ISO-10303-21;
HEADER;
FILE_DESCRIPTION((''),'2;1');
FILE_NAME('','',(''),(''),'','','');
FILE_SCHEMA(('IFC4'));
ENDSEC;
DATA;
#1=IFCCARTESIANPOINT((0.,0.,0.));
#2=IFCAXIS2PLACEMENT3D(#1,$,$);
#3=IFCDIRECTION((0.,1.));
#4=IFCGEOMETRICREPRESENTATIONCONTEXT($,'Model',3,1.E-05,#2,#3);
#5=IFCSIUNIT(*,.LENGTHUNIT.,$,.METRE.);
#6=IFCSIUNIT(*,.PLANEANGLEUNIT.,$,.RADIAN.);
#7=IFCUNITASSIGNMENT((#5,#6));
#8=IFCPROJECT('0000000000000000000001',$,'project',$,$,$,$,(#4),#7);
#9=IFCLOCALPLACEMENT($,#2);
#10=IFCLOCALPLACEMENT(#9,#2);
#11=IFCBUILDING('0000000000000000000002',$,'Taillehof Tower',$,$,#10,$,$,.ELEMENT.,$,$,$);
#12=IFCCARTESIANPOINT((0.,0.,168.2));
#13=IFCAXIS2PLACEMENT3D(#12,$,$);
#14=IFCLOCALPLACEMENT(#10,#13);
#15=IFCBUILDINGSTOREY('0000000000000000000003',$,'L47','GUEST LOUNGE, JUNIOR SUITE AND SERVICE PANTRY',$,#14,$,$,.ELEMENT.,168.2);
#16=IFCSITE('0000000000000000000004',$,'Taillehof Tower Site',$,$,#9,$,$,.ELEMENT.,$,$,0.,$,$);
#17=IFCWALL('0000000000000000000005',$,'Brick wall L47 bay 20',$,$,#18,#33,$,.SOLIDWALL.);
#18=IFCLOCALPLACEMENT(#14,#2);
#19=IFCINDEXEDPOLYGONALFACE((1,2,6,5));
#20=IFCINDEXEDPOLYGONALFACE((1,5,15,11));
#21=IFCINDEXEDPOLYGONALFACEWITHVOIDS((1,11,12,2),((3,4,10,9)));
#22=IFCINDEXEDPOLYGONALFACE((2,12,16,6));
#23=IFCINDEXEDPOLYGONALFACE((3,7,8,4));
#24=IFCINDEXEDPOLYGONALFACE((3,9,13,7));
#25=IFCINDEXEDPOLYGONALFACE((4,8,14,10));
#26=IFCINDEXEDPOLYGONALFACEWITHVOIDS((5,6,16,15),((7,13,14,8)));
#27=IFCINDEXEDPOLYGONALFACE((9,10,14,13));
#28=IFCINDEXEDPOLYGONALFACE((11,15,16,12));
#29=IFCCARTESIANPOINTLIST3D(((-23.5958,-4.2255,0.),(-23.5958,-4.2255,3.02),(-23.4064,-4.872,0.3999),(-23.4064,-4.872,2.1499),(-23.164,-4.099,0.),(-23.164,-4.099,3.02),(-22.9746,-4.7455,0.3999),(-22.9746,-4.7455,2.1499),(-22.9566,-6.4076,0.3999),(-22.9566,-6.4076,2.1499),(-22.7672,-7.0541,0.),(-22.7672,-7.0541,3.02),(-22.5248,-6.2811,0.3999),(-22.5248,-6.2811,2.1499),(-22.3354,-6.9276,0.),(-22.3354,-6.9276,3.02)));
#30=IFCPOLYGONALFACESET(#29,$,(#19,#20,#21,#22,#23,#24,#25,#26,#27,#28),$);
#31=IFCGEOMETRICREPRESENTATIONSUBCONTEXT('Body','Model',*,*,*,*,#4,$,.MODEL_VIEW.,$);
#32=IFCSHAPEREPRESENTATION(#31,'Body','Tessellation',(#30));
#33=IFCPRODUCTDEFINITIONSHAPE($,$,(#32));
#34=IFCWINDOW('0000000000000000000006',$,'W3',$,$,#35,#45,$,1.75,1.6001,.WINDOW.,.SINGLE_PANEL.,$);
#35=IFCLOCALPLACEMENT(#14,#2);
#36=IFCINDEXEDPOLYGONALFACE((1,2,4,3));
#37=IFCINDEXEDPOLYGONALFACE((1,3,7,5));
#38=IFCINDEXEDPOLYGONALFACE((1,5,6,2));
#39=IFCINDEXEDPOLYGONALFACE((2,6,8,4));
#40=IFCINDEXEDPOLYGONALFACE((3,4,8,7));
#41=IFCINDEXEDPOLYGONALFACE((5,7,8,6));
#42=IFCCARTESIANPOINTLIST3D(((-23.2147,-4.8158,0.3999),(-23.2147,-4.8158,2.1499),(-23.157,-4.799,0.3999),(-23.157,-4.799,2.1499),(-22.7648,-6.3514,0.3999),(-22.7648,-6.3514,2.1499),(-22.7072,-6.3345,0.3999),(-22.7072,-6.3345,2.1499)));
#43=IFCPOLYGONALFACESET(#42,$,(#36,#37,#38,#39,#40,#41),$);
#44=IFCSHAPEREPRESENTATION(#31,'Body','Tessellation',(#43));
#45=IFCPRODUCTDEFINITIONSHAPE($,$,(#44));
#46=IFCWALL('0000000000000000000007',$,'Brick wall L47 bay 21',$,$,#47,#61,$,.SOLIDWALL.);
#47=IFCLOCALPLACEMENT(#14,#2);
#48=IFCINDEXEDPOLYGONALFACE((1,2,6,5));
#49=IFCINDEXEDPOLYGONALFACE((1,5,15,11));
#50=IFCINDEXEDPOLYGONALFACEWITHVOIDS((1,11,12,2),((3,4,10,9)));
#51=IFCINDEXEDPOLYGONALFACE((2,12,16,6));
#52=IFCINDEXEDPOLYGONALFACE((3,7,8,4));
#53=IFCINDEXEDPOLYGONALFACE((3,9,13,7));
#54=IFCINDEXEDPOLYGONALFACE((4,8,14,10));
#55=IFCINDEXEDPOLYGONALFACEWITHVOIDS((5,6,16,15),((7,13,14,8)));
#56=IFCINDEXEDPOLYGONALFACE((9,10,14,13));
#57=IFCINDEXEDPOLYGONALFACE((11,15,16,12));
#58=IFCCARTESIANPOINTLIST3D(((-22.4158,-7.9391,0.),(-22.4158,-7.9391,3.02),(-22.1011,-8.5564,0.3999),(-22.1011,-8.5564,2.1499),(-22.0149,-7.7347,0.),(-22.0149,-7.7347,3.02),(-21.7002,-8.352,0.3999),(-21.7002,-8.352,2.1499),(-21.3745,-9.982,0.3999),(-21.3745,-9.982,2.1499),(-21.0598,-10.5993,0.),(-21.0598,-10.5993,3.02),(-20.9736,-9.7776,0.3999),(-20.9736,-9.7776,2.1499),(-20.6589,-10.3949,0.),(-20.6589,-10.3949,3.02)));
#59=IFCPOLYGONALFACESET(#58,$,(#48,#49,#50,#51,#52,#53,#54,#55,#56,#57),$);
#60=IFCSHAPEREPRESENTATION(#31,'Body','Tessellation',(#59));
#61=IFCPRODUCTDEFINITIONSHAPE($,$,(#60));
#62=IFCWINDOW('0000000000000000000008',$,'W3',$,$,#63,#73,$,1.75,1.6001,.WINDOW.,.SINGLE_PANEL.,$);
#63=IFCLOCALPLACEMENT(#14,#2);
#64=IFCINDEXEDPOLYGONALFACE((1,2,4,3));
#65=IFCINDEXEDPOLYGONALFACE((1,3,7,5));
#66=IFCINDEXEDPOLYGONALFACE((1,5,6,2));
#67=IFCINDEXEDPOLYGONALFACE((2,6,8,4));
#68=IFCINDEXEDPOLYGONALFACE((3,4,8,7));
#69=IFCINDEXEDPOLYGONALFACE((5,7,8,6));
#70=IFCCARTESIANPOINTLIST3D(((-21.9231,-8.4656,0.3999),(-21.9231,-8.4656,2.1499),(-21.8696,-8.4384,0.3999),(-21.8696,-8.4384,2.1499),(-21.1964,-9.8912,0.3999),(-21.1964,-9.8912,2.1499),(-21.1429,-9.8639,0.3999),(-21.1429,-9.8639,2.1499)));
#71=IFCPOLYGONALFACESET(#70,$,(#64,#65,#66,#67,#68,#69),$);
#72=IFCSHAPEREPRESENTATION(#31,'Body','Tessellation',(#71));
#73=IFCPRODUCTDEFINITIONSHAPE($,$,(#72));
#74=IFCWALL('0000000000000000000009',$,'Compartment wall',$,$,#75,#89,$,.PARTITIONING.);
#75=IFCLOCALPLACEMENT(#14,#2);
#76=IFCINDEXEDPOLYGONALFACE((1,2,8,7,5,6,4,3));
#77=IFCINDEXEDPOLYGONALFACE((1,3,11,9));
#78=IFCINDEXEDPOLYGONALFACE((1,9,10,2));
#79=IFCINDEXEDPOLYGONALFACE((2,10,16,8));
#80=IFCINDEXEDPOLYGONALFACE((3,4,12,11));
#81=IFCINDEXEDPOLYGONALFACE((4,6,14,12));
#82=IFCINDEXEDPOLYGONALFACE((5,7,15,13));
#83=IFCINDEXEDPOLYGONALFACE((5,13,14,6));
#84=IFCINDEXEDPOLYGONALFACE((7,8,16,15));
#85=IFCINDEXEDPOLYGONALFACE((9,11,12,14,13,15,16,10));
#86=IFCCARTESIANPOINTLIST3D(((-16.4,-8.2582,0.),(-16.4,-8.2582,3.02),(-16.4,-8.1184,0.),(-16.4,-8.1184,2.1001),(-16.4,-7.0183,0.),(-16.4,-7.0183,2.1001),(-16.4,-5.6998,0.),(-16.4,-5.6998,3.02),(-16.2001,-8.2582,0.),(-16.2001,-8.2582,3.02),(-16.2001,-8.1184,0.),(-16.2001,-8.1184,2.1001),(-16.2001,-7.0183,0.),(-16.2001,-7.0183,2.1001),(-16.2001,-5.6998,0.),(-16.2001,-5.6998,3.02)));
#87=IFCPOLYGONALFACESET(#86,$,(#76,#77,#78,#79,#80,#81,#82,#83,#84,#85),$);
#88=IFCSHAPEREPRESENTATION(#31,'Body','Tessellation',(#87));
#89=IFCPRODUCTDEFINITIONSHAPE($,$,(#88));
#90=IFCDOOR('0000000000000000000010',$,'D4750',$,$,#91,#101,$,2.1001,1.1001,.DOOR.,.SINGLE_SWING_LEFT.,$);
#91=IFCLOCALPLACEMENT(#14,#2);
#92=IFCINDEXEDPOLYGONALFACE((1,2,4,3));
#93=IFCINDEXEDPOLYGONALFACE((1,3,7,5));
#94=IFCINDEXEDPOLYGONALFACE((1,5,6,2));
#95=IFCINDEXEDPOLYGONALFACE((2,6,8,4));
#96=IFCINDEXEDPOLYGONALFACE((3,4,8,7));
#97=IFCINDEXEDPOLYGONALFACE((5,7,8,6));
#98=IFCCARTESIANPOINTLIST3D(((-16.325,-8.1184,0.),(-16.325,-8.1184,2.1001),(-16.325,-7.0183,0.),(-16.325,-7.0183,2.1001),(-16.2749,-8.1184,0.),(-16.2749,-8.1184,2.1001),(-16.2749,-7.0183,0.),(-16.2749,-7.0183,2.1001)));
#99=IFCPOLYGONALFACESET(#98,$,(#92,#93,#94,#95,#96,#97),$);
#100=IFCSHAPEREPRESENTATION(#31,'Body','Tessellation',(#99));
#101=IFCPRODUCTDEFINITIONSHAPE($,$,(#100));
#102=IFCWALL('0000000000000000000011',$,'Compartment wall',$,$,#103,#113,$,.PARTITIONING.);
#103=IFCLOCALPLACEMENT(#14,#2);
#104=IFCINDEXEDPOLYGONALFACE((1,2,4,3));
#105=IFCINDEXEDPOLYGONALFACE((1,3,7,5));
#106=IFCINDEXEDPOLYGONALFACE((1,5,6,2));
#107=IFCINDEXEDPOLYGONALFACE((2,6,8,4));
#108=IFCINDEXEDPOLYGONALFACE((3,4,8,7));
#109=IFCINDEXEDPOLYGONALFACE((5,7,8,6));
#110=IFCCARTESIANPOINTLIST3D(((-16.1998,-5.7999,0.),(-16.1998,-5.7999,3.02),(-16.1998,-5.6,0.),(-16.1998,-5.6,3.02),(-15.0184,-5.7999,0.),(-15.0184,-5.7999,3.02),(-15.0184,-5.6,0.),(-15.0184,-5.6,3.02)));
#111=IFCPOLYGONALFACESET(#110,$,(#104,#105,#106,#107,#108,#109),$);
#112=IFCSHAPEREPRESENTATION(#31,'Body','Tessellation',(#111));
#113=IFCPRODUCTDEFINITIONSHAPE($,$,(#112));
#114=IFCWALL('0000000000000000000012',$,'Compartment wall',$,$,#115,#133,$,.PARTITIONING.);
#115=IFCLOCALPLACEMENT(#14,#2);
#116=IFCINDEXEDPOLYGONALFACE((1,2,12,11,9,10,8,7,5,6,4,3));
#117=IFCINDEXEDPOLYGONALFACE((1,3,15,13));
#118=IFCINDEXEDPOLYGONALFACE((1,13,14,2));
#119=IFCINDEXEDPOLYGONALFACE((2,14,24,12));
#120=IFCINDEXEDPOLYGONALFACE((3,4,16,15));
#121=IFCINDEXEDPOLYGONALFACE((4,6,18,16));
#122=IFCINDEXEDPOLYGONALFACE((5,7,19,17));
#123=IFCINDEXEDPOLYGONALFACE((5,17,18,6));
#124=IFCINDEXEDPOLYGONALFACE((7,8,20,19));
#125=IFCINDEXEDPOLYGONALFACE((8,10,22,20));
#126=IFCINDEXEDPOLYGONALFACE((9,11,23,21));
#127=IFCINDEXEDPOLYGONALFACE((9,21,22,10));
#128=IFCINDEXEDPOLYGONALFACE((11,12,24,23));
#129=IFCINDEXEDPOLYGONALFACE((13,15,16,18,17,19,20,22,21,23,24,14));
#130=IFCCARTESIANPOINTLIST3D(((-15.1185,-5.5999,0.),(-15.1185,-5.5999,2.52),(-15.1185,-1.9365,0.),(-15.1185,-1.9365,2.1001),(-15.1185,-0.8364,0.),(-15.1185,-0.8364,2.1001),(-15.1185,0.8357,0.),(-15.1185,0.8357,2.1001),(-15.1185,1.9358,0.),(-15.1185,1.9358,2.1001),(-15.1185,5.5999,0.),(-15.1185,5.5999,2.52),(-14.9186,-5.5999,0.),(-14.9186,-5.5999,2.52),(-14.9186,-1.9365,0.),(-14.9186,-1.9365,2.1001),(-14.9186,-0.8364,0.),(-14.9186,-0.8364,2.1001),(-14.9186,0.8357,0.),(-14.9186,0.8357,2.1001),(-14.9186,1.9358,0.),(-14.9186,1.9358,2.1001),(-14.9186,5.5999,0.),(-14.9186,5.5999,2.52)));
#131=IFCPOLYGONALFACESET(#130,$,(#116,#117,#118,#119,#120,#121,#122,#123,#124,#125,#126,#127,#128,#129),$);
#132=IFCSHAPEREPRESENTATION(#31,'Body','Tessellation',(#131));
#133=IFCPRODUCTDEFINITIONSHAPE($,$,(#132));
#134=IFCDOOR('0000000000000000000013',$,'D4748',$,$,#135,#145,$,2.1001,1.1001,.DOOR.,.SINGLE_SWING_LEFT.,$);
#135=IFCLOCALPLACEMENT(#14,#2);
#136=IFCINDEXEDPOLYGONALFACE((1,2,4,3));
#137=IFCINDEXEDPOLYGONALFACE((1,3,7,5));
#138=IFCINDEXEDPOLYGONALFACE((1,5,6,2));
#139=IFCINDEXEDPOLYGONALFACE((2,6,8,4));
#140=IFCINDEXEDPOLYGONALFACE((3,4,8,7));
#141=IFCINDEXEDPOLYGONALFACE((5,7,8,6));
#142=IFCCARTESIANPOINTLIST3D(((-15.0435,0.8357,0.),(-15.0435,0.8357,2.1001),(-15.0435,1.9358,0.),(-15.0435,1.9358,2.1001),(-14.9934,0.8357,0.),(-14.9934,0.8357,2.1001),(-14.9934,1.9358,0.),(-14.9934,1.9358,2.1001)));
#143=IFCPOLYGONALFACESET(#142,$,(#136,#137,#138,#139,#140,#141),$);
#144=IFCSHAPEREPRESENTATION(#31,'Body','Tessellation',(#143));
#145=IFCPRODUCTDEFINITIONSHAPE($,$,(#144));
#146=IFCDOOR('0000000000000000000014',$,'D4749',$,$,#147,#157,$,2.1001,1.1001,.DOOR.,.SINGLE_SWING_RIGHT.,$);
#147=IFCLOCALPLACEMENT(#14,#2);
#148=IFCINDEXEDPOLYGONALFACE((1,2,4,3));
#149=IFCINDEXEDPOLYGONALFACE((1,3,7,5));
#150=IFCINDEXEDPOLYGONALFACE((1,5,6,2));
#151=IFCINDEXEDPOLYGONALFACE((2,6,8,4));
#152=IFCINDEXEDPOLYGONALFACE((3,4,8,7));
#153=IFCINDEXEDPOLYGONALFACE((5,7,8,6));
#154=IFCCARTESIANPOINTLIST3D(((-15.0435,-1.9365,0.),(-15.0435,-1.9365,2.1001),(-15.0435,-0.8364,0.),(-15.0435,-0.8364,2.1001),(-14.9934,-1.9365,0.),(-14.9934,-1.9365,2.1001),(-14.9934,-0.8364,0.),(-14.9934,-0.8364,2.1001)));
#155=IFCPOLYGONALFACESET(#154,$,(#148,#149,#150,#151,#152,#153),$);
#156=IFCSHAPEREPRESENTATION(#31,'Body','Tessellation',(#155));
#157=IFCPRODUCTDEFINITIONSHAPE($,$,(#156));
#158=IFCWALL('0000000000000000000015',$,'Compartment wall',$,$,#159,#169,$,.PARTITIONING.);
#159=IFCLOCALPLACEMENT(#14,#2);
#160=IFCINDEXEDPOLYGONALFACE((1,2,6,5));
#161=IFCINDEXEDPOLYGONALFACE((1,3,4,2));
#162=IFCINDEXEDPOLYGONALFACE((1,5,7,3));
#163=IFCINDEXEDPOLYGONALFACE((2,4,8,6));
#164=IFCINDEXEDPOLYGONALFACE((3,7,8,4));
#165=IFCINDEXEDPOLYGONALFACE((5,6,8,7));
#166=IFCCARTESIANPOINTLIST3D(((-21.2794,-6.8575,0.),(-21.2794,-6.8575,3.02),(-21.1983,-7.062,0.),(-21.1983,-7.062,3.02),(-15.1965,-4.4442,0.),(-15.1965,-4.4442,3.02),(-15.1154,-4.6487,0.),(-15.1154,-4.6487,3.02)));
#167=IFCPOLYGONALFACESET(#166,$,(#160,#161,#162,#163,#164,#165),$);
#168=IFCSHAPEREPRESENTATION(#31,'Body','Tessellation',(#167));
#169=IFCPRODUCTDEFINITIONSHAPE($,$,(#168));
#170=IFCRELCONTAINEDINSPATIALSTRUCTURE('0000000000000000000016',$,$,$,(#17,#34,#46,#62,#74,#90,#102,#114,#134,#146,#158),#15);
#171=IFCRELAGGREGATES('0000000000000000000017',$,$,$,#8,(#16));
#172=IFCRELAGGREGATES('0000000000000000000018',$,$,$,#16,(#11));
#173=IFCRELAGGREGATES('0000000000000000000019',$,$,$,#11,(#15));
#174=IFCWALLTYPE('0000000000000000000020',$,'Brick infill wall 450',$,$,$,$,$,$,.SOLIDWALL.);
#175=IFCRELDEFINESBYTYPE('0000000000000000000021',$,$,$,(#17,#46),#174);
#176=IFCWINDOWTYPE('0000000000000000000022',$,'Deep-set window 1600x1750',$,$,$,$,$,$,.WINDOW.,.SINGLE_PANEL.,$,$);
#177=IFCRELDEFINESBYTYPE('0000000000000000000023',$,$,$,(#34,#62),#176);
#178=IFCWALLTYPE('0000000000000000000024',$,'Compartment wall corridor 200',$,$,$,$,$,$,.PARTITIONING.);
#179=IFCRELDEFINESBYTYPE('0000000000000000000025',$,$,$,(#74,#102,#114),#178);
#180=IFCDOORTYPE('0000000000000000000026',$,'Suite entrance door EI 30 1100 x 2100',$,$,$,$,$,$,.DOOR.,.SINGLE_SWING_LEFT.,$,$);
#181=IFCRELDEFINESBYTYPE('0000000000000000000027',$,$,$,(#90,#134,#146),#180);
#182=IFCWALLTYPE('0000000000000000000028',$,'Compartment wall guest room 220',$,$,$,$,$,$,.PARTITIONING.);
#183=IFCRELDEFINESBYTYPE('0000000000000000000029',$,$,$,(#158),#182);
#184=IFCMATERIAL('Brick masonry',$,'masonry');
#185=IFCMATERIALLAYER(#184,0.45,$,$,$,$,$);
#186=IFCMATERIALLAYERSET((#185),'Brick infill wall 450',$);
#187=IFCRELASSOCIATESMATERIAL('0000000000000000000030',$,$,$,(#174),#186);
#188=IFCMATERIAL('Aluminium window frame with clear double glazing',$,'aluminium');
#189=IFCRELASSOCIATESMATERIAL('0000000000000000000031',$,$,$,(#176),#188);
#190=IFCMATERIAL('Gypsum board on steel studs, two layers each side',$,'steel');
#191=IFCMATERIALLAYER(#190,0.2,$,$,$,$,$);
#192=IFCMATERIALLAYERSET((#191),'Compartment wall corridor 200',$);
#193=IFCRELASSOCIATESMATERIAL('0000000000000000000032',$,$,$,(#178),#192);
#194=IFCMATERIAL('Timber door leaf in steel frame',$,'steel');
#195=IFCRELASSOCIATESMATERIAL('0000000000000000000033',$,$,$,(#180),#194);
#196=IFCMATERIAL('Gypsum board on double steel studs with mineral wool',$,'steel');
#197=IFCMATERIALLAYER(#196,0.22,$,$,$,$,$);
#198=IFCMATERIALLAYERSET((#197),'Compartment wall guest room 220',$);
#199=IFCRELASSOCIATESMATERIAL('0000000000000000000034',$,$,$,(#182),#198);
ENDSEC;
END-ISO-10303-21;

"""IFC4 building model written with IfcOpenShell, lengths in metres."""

from ifc_helpers import new_model, si_unit, direction, frame, frame_2d, origin, place, context, subcontext, project, spatial, rectangle, extrude, material, layer, layer_set, type_object, element, fill, save


model = new_model("IFC4")

# Units and contexts
model_context = context("Model", 3, precision=1e-05, world=origin(), true_north=direction((0.0, 1.0)))
body_context = subcontext(model_context, "Body", "Model", "MODEL_VIEW")
ifc_project = project(units=[si_unit("LENGTHUNIT", "METRE"), si_unit("PLANEANGLEUNIT", "RADIAN")], contexts=[model_context])

# Site, building, storey
site_placement = place(None, origin())
site = spatial("IfcSite", under=ifc_project, at=site_placement, Name="Taillehof Tower Site", CompositionType="ELEMENT", RefElevation=0.0)
building_placement = place(site_placement, origin())
building = spatial("IfcBuilding", under=site, at=building_placement, Name="Taillehof Tower", CompositionType="ELEMENT")
storey_placement = place(building_placement, frame((0.0, 0.0, 168.2)))
storey = spatial("IfcBuildingStorey", under=building, at=storey_placement, Name="L47", Description="GUEST LOUNGE, JUNIOR SUITE AND SERVICE PANTRY", CompositionType="ELEMENT", Elevation=168.2)

# Walls, openings, windows
ifc_material_1 = material(Name="Brick masonry", Category="masonry")
ifc_layer_1 = layer(ifc_material_1, 0.45)
ifc_layer_set_1 = layer_set([ifc_layer_1], Name="Brick infill wall 450")
wall_type_1 = type_object("IfcWallType", Name="Brick infill wall 450", PredefinedType="SOLIDWALL", material=ifc_layer_set_1)
ifc_material_2 = material(Name="Aluminium window frame with clear double glazing", Category="aluminium")
window_type = type_object("IfcWindowType", Name="Deep-set window 1600x1750", PartitioningType="SINGLE_PANEL", PredefinedType="WINDOW", material=ifc_material_2)
wall_1_placement = place(storey_placement, frame((-23.3799, -4.1624, 0.0), z_axis=(0.0, 0.0, 1.0), x_axis=(0.281126, -0.959671, 0.0)))
wall_1 = element("IfcWall", 1, at=wall_1_placement, inside=storey, type_object=wall_type_1, Name="Brick wall L47 bay 20", PredefinedType="SOLIDWALL", context=body_context, shape_type="SweptSolid", body=[
    extrude(rectangle(XDim=2.9475, YDim=0.45, at=frame_2d((1.4736, 0.0))), origin(), (0.0, 0.0, 1.0), 3.02),
])
opening_1_placement = place(wall_1_placement, frame((0.6736, 0.0, 0.3999)))
opening_1 = element("IfcOpeningElement", 2, at=opening_1_placement, cuts=wall_1, PredefinedType="OPENING", context=body_context, shape_type="SweptSolid", body=[
    extrude(rectangle(XDim=1.6001, YDim=1.75, at=frame_2d((0.8, 0.875))), frame((0.0, 0.2349, 0.0), z_axis=(0.0, -1.0, 0.0), x_axis=(1.0, 0.0, 0.0)), (0.0, 0.0, 1.0), 0.47),
])
window_1_placement = place(opening_1_placement, origin())
window_1 = element("IfcWindow", 3, at=window_1_placement, inside=storey, type_object=window_type, Name="W3", OverallHeight=1.75, OverallWidth=1.6001, PartitioningType="SINGLE_PANEL", PredefinedType="WINDOW", context=body_context, shape_type="SweptSolid", body=[
    extrude(rectangle(XDim=1.6001, YDim=1.75, at=frame_2d((0.8, 0.875))), frame((0.0, 0.0349, 0.0), z_axis=(0.0, -1.0, 0.0), x_axis=(1.0, 0.0, 0.0)), (0.0, 0.0, 1.0), 0.0601),
])
fill(opening_1, window_1)
wall_2_placement = place(storey_placement, frame((-22.2153, -7.8369, 0.0), z_axis=(0.0, 0.0, 1.0), x_axis=(0.454134, -0.890933, 0.0)))
wall_2 = element("IfcWall", 4, at=wall_2_placement, inside=storey, type_object=wall_type_1, Name="Brick wall L47 bay 21", PredefinedType="SOLIDWALL", context=body_context, shape_type="SweptSolid", body=[
    extrude(rectangle(XDim=2.9858, YDim=0.45, at=frame_2d((1.4929, 0.0))), origin(), (0.0, 0.0, 1.0), 3.02),
])
opening_2_placement = place(wall_2_placement, frame((0.6929, 0.0, 0.3999)))
opening_2 = element("IfcOpeningElement", 5, at=opening_2_placement, cuts=wall_2, PredefinedType="OPENING", context=body_context, shape_type="SweptSolid", body=[
    extrude(rectangle(XDim=1.6001, YDim=1.75, at=frame_2d((0.8, 0.875))), frame((0.0, 0.2349, 0.0), z_axis=(0.0, -1.0, 0.0), x_axis=(1.0, 0.0, 0.0)), (0.0, 0.0, 1.0), 0.47),
])
window_2_placement = place(opening_2_placement, origin())
window_2 = element("IfcWindow", 6, at=window_2_placement, inside=storey, type_object=window_type, Name="W3", OverallHeight=1.75, OverallWidth=1.6001, PartitioningType="SINGLE_PANEL", PredefinedType="WINDOW", context=body_context, shape_type="SweptSolid", body=[
    extrude(rectangle(XDim=1.6001, YDim=1.75, at=frame_2d((0.8, 0.875))), frame((0.0, 0.0349, 0.0), z_axis=(0.0, -1.0, 0.0), x_axis=(1.0, 0.0, 0.0)), (0.0, 0.0, 1.0), 0.0601),
])
fill(opening_2, window_2)

# Wall, opening, door
ifc_material_3 = material(Name="Gypsum board on steel studs, two layers each side", Category="steel")
ifc_layer_2 = layer(ifc_material_3, 0.2)
ifc_layer_set_2 = layer_set([ifc_layer_2], Name="Compartment wall corridor 200")
wall_type_2 = type_object("IfcWallType", Name="Compartment wall corridor 200", PredefinedType="PARTITIONING", material=ifc_layer_set_2)
wall_3_placement = place(storey_placement, frame((-16.3, -8.2583, 0.0), z_axis=(0.0, 0.0, 1.0), x_axis=(0.0, 1.0, 0.0)))
wall_3 = element("IfcWall", 7, at=wall_3_placement, inside=storey, type_object=wall_type_2, Name="Compartment wall", PredefinedType="PARTITIONING", context=body_context, shape_type="SweptSolid", body=[
    extrude(rectangle(XDim=2.5583, YDim=0.2, at=frame_2d((1.2793, 0.0))), origin(), (0.0, 0.0, 1.0), 3.02),
])
opening_3_placement = place(wall_3_placement, frame((0.1399, 0.0, 0.0)))
opening_3 = element("IfcOpeningElement", 8, at=opening_3_placement, cuts=wall_3, PredefinedType="OPENING", context=body_context, shape_type="SweptSolid", body=[
    extrude(rectangle(XDim=1.1001, YDim=2.1001, at=frame_2d((0.55, 1.05))), frame((0.0, 0.1099, 0.0), z_axis=(0.0, -1.0, 0.0), x_axis=(1.0, 0.0, 0.0)), (0.0, 0.0, 1.0), 0.22),
])
ifc_material_4 = material(Name="Timber door leaf in steel frame", Category="steel")
door_type = type_object("IfcDoorType", Name="Suite entrance door EI 30 1100 x 2100", OperationType="SINGLE_SWING_LEFT", PredefinedType="DOOR", material=ifc_material_4)
door_1_placement = place(opening_3_placement, origin())
door_1 = element("IfcDoor", 9, at=door_1_placement, inside=storey, type_object=door_type, Name="D4750", OperationType="SINGLE_SWING_LEFT", OverallHeight=2.1001, OverallWidth=1.1001, PredefinedType="DOOR", context=body_context, shape_type="SweptSolid", body=[
    extrude(rectangle(XDim=1.1001, YDim=2.1001, at=frame_2d((0.55, 1.05))), frame((0.0, 0.0249, 0.0), z_axis=(0.0, -1.0, 0.0), x_axis=(1.0, 0.0, 0.0)), (0.0, 0.0, 1.0), 0.05),
])
fill(opening_3, door_1)

# Wall
wall_4_placement = place(storey_placement, frame((-16.2, -5.7, 0.0), z_axis=(0.0, 0.0, 1.0), x_axis=(1.0, 0.0, 0.0)))
element("IfcWall", 10, at=wall_4_placement, inside=storey, type_object=wall_type_2, Name="Compartment wall", PredefinedType="PARTITIONING", context=body_context, shape_type="SweptSolid", body=[
    extrude(rectangle(XDim=1.1814, YDim=0.2, at=frame_2d((0.5908, 0.0))), origin(), (0.0, 0.0, 1.0), 3.02),
])

# Wall, openings, doors
wall_5_placement = place(storey_placement, frame((-15.0186, -5.5999, 0.0), z_axis=(0.0, 0.0, 1.0), x_axis=(0.0, 1.0, 0.0)))
wall_5 = element("IfcWall", 11, at=wall_5_placement, inside=storey, type_object=wall_type_2, Name="Compartment wall", PredefinedType="PARTITIONING", context=body_context, shape_type="SweptSolid", body=[
    extrude(rectangle(XDim=11.1997, YDim=0.2, at=frame_2d((5.5999, 0.0))), origin(), (0.0, 0.0, 1.0), 2.52),
])
opening_4_placement = place(wall_5_placement, frame((6.4355, 0.0, 0.0)))
opening_4 = element("IfcOpeningElement", 12, at=opening_4_placement, cuts=wall_5, PredefinedType="OPENING", context=body_context, shape_type="SweptSolid", body=[
    extrude(rectangle(XDim=1.1001, YDim=2.1001, at=frame_2d((0.55, 1.05))), frame((0.0, 0.1099, 0.0), z_axis=(0.0, -1.0, 0.0), x_axis=(1.0, 0.0, 0.0)), (0.0, 0.0, 1.0), 0.22),
])
opening_5_placement = place(wall_5_placement, frame((3.6633, 0.0, 0.0)))
opening_5 = element("IfcOpeningElement", 13, at=opening_5_placement, cuts=wall_5, PredefinedType="OPENING", context=body_context, shape_type="SweptSolid", body=[
    extrude(rectangle(XDim=1.1001, YDim=2.1001, at=frame_2d((0.55, 1.05))), frame((0.0, 0.1099, 0.0), z_axis=(0.0, -1.0, 0.0), x_axis=(1.0, 0.0, 0.0)), (0.0, 0.0, 1.0), 0.22),
])
door_2_placement = place(opening_4_placement, origin())
door_2 = element("IfcDoor", 14, at=door_2_placement, inside=storey, type_object=door_type, Name="D4748", OperationType="SINGLE_SWING_LEFT", OverallHeight=2.1001, OverallWidth=1.1001, PredefinedType="DOOR", context=body_context, shape_type="SweptSolid", body=[
    extrude(rectangle(XDim=1.1001, YDim=2.1001, at=frame_2d((0.55, 1.05))), frame((0.0, 0.0249, 0.0), z_axis=(0.0, -1.0, 0.0), x_axis=(1.0, 0.0, 0.0)), (0.0, 0.0, 1.0), 0.05),
])
fill(opening_4, door_2)
door_3_placement = place(opening_5_placement, origin())
door_3 = element("IfcDoor", 15, at=door_3_placement, inside=storey, type_object=door_type, Name="D4749", OperationType="SINGLE_SWING_RIGHT", OverallHeight=2.1001, OverallWidth=1.1001, PredefinedType="DOOR", context=body_context, shape_type="SweptSolid", body=[
    extrude(rectangle(XDim=1.1001, YDim=2.1001, at=frame_2d((0.55, 1.05))), frame((0.0, 0.0249, 0.0), z_axis=(0.0, -1.0, 0.0), x_axis=(1.0, 0.0, 0.0)), (0.0, 0.0, 1.0), 0.05),
])
fill(opening_5, door_3)

# Wall
ifc_material_5 = material(Name="Gypsum board on double steel studs with mineral wool", Category="steel")
ifc_layer_3 = layer(ifc_material_5, 0.22)
ifc_layer_set_3 = layer_set([ifc_layer_3], Name="Compartment wall guest room 220")
wall_type_3 = type_object("IfcWallType", Name="Compartment wall guest room 220", PredefinedType="PARTITIONING", material=ifc_layer_set_3)
wall_6_placement = place(storey_placement, frame((-21.2388, -6.9597, 0.0), z_axis=(0.0, 0.0, 1.0), x_axis=(0.92952, 0.368771, 0.0)))
element("IfcWall", 16, at=wall_6_placement, inside=storey, type_object=wall_type_3, Name="Compartment wall", PredefinedType="PARTITIONING", context=body_context, shape_type="SweptSolid", body=[
    extrude(rectangle(XDim=6.5442, YDim=0.22, at=frame_2d((3.272, 0.0))), origin(), (0.0, 0.0, 1.0), 3.02),
])

save(model, "model.ifc")
